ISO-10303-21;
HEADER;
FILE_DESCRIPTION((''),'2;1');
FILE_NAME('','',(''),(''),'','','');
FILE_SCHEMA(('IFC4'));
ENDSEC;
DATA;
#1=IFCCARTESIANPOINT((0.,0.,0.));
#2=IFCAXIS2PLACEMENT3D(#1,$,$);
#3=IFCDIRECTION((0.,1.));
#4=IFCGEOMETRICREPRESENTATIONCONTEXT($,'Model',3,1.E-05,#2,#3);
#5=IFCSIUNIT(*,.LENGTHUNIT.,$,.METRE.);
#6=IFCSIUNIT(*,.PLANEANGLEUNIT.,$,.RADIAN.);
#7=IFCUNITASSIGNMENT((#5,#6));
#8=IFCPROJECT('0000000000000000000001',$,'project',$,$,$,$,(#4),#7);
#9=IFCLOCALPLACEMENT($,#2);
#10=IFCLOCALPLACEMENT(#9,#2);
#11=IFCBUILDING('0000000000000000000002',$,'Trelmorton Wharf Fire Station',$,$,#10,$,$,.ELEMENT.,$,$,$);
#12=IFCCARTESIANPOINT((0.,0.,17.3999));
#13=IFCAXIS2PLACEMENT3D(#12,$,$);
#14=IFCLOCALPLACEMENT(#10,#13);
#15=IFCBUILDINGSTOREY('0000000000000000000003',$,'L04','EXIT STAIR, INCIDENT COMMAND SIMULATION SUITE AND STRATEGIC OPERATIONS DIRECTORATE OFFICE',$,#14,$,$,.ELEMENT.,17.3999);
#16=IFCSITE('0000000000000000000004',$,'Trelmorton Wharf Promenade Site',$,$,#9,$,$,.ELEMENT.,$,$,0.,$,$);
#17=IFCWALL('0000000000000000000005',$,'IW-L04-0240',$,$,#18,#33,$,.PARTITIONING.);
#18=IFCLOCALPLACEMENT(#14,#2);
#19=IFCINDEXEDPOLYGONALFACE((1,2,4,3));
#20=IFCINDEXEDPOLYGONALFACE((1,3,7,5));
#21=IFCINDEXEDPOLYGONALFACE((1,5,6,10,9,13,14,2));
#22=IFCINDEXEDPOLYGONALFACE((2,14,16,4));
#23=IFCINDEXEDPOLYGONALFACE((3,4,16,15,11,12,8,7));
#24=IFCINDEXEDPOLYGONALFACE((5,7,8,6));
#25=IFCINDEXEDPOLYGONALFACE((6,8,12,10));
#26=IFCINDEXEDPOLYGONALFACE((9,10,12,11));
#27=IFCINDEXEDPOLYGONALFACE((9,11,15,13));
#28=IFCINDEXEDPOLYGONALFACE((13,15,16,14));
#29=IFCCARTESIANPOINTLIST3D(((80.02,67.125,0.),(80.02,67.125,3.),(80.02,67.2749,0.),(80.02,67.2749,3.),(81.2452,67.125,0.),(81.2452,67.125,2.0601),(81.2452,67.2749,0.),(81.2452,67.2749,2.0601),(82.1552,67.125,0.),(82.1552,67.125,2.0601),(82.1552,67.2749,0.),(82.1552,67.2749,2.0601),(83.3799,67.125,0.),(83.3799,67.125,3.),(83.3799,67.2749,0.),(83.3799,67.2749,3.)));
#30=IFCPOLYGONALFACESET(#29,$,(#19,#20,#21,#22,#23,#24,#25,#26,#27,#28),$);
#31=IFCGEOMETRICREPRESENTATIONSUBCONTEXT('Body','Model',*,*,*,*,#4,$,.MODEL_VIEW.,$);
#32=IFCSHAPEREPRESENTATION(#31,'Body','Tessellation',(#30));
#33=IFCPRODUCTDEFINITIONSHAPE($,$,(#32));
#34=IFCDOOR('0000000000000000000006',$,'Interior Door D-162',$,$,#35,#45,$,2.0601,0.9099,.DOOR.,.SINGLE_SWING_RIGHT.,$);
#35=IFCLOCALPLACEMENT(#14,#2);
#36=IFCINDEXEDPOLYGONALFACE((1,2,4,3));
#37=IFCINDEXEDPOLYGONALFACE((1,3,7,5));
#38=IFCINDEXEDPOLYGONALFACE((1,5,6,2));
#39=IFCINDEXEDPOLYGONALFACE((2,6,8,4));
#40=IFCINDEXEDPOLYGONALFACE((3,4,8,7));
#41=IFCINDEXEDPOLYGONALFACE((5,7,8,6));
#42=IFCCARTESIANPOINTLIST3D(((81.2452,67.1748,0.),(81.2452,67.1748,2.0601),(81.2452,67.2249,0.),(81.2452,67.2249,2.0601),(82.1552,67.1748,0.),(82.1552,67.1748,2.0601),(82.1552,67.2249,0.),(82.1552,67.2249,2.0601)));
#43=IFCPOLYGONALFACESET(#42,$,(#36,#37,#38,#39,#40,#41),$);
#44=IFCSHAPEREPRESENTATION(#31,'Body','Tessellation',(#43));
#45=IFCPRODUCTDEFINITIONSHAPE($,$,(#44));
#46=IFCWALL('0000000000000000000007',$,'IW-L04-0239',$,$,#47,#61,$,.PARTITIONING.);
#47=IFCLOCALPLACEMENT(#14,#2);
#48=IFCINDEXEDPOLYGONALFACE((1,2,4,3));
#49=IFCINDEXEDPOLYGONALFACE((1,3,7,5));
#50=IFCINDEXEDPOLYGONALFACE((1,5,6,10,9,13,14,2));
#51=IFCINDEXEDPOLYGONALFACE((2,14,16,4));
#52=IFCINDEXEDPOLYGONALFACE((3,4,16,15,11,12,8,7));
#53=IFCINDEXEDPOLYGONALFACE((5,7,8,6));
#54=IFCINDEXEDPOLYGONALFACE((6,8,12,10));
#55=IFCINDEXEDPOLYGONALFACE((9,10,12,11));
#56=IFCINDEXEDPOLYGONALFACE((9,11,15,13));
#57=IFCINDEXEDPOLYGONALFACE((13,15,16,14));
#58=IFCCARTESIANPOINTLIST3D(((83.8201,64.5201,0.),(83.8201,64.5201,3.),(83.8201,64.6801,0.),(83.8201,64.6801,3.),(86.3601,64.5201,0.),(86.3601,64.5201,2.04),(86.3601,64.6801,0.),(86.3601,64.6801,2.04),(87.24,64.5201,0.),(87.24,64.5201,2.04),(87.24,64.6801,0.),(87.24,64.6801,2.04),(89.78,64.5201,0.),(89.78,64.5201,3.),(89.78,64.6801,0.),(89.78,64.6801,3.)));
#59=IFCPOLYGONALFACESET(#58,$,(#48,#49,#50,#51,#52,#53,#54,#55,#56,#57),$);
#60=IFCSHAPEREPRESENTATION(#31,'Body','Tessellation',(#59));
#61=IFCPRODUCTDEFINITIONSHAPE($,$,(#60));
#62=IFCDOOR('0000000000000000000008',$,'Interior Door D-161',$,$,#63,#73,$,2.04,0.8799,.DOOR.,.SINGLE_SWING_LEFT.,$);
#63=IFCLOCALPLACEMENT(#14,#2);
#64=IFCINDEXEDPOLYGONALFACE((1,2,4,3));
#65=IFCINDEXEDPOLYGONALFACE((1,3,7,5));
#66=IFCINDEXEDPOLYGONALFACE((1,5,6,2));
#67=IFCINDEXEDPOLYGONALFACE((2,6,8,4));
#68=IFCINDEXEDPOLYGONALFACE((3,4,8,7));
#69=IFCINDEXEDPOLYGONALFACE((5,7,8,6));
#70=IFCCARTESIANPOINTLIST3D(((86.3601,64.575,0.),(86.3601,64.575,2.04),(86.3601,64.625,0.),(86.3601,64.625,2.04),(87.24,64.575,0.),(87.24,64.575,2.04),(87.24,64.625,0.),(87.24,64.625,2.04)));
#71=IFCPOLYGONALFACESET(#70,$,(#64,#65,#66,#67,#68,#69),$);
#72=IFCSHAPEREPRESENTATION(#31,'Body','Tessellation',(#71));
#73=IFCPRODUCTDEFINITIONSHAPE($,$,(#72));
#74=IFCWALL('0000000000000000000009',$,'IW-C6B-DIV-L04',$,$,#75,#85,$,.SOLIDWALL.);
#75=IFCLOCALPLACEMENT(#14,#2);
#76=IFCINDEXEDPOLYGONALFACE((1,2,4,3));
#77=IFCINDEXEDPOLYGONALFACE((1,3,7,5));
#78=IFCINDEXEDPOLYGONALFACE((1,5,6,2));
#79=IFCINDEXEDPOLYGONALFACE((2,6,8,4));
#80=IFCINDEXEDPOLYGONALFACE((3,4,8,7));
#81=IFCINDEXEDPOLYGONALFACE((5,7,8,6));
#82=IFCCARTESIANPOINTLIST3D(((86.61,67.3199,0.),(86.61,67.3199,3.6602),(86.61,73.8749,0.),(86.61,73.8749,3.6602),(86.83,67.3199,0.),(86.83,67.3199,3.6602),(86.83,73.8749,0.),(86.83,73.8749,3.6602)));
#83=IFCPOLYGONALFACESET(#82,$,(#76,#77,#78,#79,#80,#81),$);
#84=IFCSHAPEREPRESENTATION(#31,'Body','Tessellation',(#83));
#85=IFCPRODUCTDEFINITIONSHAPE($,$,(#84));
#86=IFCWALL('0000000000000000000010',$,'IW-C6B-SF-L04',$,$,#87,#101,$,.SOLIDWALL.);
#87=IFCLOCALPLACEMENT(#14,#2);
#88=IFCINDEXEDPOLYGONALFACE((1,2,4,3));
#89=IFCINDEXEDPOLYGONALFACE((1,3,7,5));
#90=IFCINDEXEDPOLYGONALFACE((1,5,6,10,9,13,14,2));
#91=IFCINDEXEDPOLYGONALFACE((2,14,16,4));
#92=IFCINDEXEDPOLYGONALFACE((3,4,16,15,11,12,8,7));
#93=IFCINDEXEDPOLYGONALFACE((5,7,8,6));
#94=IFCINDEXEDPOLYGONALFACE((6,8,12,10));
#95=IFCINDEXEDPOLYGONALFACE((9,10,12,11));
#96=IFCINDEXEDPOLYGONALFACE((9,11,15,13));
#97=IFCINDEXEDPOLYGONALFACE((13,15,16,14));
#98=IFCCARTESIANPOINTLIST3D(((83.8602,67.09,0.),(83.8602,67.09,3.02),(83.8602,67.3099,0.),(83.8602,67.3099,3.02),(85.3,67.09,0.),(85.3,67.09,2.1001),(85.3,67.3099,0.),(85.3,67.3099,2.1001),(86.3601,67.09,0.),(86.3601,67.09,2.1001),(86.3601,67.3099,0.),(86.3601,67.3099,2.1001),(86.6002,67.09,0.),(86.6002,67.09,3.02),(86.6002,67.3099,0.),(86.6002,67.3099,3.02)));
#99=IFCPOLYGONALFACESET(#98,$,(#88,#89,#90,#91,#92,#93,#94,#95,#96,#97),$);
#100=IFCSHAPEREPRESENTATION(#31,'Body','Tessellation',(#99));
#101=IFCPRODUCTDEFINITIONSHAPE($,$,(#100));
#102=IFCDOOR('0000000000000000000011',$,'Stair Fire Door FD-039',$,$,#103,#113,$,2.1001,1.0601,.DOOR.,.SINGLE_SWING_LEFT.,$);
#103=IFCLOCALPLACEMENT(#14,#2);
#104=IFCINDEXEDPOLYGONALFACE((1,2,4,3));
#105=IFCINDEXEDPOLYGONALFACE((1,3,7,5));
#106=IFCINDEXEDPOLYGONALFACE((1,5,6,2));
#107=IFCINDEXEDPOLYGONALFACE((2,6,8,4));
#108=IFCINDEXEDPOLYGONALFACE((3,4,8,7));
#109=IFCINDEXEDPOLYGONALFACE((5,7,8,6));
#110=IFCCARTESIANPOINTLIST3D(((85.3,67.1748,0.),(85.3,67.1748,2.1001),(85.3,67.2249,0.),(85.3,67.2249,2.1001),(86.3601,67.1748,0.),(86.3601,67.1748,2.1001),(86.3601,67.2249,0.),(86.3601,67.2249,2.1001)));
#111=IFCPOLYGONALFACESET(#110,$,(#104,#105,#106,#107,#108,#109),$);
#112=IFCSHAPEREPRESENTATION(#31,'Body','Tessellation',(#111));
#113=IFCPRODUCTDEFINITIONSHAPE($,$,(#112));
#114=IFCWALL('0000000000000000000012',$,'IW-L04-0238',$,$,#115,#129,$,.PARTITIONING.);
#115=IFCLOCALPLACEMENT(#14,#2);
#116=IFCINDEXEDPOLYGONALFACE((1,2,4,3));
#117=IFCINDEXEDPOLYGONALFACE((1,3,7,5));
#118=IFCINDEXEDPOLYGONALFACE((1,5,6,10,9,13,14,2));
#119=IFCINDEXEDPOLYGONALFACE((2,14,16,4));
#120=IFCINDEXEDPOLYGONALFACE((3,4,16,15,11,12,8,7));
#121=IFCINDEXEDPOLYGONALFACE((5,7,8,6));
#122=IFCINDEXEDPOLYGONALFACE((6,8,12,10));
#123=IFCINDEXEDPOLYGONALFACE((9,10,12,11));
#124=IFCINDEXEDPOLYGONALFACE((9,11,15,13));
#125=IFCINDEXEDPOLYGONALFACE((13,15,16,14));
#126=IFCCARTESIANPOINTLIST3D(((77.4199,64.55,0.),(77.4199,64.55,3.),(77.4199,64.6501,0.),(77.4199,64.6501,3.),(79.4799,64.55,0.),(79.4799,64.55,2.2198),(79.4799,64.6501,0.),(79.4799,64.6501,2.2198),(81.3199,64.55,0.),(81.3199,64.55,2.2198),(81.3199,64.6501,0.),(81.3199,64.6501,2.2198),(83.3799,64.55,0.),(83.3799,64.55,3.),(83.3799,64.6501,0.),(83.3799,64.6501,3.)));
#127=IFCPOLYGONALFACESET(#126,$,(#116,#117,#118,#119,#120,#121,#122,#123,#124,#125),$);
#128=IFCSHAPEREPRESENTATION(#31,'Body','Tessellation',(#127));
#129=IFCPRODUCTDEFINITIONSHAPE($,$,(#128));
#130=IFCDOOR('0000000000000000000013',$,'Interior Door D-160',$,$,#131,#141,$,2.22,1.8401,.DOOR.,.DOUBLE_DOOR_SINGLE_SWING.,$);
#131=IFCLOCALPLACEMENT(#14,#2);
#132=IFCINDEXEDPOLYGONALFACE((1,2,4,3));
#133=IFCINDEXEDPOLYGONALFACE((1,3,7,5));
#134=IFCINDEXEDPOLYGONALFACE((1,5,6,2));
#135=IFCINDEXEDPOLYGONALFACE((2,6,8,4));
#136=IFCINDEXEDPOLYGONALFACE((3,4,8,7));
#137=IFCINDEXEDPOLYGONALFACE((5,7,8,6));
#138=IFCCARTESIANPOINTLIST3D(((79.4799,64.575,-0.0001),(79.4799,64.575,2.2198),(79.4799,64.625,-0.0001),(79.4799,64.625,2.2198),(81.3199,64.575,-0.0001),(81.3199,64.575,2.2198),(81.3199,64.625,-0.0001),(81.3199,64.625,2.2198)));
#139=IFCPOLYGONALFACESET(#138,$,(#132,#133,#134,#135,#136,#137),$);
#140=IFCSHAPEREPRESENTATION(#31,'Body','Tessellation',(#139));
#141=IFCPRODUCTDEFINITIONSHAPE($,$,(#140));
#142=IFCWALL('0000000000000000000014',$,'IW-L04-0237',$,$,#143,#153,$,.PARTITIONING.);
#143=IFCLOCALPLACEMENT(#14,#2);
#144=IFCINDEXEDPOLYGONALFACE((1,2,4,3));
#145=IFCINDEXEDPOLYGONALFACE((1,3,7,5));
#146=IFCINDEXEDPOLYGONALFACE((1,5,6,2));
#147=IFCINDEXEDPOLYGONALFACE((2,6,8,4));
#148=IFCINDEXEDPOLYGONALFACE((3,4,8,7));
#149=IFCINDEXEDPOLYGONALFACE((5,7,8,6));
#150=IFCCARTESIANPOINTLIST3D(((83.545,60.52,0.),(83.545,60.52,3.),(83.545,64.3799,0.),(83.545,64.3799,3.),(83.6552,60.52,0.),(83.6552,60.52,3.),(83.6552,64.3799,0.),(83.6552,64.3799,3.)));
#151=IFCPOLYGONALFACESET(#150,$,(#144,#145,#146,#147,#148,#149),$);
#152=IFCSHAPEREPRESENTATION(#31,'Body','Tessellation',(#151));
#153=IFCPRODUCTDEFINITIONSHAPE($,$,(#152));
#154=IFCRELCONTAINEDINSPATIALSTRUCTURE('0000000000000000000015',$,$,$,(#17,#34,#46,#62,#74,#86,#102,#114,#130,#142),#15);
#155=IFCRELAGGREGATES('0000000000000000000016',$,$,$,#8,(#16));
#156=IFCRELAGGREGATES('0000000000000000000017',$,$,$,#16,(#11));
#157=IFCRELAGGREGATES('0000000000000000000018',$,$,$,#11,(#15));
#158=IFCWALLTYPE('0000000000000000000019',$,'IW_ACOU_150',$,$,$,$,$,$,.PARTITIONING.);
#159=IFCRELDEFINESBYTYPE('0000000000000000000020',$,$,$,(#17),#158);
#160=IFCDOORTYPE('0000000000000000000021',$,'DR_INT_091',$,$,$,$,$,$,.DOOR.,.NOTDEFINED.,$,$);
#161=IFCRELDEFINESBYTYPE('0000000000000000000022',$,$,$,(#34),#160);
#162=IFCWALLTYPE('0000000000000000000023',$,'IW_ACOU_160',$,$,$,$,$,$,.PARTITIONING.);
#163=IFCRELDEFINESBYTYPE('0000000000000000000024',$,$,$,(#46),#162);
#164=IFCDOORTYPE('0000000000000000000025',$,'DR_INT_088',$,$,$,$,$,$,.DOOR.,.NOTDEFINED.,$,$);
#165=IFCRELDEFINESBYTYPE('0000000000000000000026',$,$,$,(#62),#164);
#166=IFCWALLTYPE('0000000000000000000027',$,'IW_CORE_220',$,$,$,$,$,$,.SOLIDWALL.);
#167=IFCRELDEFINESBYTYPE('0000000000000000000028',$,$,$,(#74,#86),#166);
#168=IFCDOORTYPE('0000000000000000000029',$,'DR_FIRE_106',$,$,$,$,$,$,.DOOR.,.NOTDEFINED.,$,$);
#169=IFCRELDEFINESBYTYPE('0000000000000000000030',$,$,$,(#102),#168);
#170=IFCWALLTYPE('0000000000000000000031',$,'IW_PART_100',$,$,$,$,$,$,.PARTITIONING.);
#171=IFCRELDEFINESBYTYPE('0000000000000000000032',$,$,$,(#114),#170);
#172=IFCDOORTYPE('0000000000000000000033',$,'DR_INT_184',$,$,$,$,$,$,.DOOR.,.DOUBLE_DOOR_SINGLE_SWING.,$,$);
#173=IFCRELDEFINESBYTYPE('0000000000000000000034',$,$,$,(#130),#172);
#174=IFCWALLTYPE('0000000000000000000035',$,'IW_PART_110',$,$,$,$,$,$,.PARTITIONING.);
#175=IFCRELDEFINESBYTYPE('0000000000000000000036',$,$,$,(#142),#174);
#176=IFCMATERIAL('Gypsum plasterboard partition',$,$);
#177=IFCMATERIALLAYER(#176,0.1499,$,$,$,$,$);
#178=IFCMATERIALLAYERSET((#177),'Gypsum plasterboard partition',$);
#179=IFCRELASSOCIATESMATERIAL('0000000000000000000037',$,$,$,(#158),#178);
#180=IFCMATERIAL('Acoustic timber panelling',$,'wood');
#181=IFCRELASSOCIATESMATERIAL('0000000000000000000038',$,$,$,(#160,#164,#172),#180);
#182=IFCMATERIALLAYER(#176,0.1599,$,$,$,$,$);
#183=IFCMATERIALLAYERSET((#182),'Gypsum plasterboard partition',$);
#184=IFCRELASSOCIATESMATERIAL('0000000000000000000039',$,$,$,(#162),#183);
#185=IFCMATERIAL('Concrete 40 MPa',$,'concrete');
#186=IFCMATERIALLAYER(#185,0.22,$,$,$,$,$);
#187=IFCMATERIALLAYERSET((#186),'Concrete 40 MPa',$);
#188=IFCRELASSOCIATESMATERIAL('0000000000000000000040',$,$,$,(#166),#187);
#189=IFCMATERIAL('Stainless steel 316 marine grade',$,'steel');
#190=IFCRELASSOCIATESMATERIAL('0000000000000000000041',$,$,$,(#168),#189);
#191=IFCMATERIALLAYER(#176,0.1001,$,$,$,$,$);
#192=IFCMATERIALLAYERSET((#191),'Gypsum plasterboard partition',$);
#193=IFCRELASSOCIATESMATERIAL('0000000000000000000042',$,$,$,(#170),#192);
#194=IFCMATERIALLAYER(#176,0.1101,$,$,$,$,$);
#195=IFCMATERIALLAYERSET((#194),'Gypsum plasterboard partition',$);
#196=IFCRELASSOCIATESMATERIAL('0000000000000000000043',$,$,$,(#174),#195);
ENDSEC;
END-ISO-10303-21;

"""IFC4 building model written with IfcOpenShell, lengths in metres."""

from ifc_helpers import new_model, si_unit, direction, frame, frame_2d, origin, place, context, subcontext, project, spatial, rectangle, extrude, material, layer, layer_set, type_object, element, fill, save


model = new_model("IFC4")

# Units and contexts
model_context = context("Model", 3, precision=1e-05, world=origin(), true_north=direction((0.0, 1.0)))
body_context = subcontext(model_context, "Body", "Model", "MODEL_VIEW")
ifc_project = project(units=[si_unit("LENGTHUNIT", "METRE"), si_unit("PLANEANGLEUNIT", "RADIAN")], contexts=[model_context])

# Site, building, storey
site_placement = place(None, origin())
site = spatial("IfcSite", under=ifc_project, at=site_placement, Name="Trelmorton Wharf Promenade Site", CompositionType="ELEMENT", RefElevation=0.0)
building_placement = place(site_placement, origin())
building = spatial("IfcBuilding", under=site, at=building_placement, Name="Trelmorton Wharf Fire Station", CompositionType="ELEMENT")
storey_placement = place(building_placement, frame((0.0, 0.0, 17.3999)))
storey = spatial("IfcBuildingStorey", under=building, at=storey_placement, Name="L04", Description="EXIT STAIR, INCIDENT COMMAND SIMULATION SUITE AND STRATEGIC OPERATIONS DIRECTORATE OFFICE", CompositionType="ELEMENT", Elevation=17.3999)

# Walls, openings, doors
ifc_material_1 = material(Name="Gypsum plasterboard partition")
ifc_layer_1 = layer(ifc_material_1, 0.1499)
ifc_layer_set_1 = layer_set([ifc_layer_1], Name="Gypsum plasterboard partition")
wall_type_1 = type_object("IfcWallType", Name="IW_ACOU_150", PredefinedType="PARTITIONING", material=ifc_layer_set_1)
wall_1_placement = place(storey_placement, frame((80.02, 67.2, 0.0), z_axis=(0.0, 0.0, 1.0), x_axis=(1.0, 0.0, 0.0)))
wall_1 = element("IfcWall", 1, at=wall_1_placement, inside=storey, type_object=wall_type_1, Name="IW-L04-0240", PredefinedType="PARTITIONING", context=body_context, shape_type="SweptSolid", body=[
    extrude(rectangle(XDim=3.3599, YDim=0.1499, at=frame_2d((1.6799, 0.0))), origin(), (0.0, 0.0, 1.0), 3.0),
])
opening_1_placement = place(wall_1_placement, frame((1.2251, 0.0, 0.0)))
opening_1 = element("IfcOpeningElement", 2, at=opening_1_placement, cuts=wall_1, PredefinedType="OPENING", context=body_context, shape_type="SweptSolid", body=[
    extrude(rectangle(XDim=0.9099, YDim=2.0601, at=frame_2d((0.4551, 1.03))), frame((0.0, 0.085, 0.0), z_axis=(0.0, -1.0, 0.0), x_axis=(1.0, 0.0, 0.0)), (0.0, 0.0, 1.0), 0.1699),
])
ifc_material_2 = material(Name="Acoustic timber panelling", Category="wood")
door_type_1 = type_object("IfcDoorType", Name="DR_INT_091", OperationType="NOTDEFINED", PredefinedType="DOOR", material=ifc_material_2)
door_1_placement = place(opening_1_placement, origin())
door_1 = element("IfcDoor", 3, at=door_1_placement, inside=storey, type_object=door_type_1, Name="Interior Door D-162", OperationType="SINGLE_SWING_RIGHT", OverallHeight=2.0601, OverallWidth=0.9099, PredefinedType="DOOR", context=body_context, shape_type="SweptSolid", body=[
    extrude(rectangle(XDim=0.9099, YDim=2.0601, at=frame_2d((0.4551, 1.03))), frame((0.0, 0.0249, 0.0), z_axis=(0.0, -1.0, 0.0), x_axis=(1.0, 0.0, 0.0)), (0.0, 0.0, 1.0), 0.05),
])
fill(opening_1, door_1)
ifc_layer_2 = layer(ifc_material_1, 0.1599)
ifc_layer_set_2 = layer_set([ifc_layer_2], Name="Gypsum plasterboard partition")
wall_type_2 = type_object("IfcWallType", Name="IW_ACOU_160", PredefinedType="PARTITIONING", material=ifc_layer_set_2)
wall_2_placement = place(storey_placement, frame((83.8201, 64.6001, 0.0), z_axis=(0.0, 0.0, 1.0), x_axis=(1.0, 0.0, 0.0)))
wall_2 = element("IfcWall", 4, at=wall_2_placement, inside=storey, type_object=wall_type_2, Name="IW-L04-0239", PredefinedType="PARTITIONING", context=body_context, shape_type="SweptSolid", body=[
    extrude(rectangle(XDim=5.96, YDim=0.1599, at=frame_2d((2.98, 0.0))), origin(), (0.0, 0.0, 1.0), 3.0),
])
opening_2_placement = place(wall_2_placement, frame((2.54, 0.0, 0.0)))
opening_2 = element("IfcOpeningElement", 5, at=opening_2_placement, cuts=wall_2, PredefinedType="OPENING", context=body_context, shape_type="SweptSolid", body=[
    extrude(rectangle(XDim=0.8799, YDim=2.04, at=frame_2d((0.4399, 1.02))), frame((0.0, 0.0898, 0.0), z_axis=(0.0, -1.0, 0.0), x_axis=(1.0, 0.0, 0.0)), (0.0, 0.0, 1.0), 0.1799),
])
door_type_2 = type_object("IfcDoorType", Name="DR_INT_088", OperationType="NOTDEFINED", PredefinedType="DOOR", material=ifc_material_2)
door_2_placement = place(opening_2_placement, origin())
door_2 = element("IfcDoor", 6, at=door_2_placement, inside=storey, type_object=door_type_2, Name="Interior Door D-161", OperationType="SINGLE_SWING_LEFT", OverallHeight=2.04, OverallWidth=0.8799, PredefinedType="DOOR", context=body_context, shape_type="SweptSolid", body=[
    extrude(rectangle(XDim=0.8799, YDim=2.04, at=frame_2d((0.4399, 1.02))), frame((0.0, 0.0249, 0.0), z_axis=(0.0, -1.0, 0.0), x_axis=(1.0, 0.0, 0.0)), (0.0, 0.0, 1.0), 0.05),
])
fill(opening_2, door_2)

# Wall
ifc_material_3 = material(Name="Concrete 40 MPa", Category="concrete")
ifc_layer_3 = layer(ifc_material_3, 0.22)
ifc_layer_set_3 = layer_set([ifc_layer_3], Name="Concrete 40 MPa")
wall_type_3 = type_object("IfcWallType", Name="IW_CORE_220", PredefinedType="SOLIDWALL", material=ifc_layer_set_3)
wall_3_placement = place(storey_placement, frame((86.72, 67.3201, 0.0), z_axis=(0.0, 0.0, 1.0), x_axis=(0.0, 1.0, 0.0)))
element("IfcWall", 7, at=wall_3_placement, inside=storey, type_object=wall_type_3, Name="IW-C6B-DIV-L04", PredefinedType="SOLIDWALL", context=body_context, shape_type="SweptSolid", body=[
    extrude(rectangle(XDim=6.5549, YDim=0.22, at=frame_2d((3.2773, 0.0))), origin(), (0.0, 0.0, 1.0), 3.6602),
])

# Walls, openings, doors
wall_4_placement = place(storey_placement, frame((83.8601, 67.2, 0.0), z_axis=(0.0, 0.0, 1.0), x_axis=(1.0, 0.0, 0.0)))
wall_4 = element("IfcWall", 8, at=wall_4_placement, inside=storey, type_object=wall_type_3, Name="IW-C6B-SF-L04", PredefinedType="SOLIDWALL", context=body_context, shape_type="SweptSolid", body=[
    extrude(rectangle(XDim=2.74, YDim=0.22, at=frame_2d((1.3701, 0.0))), origin(), (0.0, 0.0, 1.0), 3.02),
])
opening_3_placement = place(wall_4_placement, frame((1.4399, 0.0, 0.0)))
opening_3 = element("IfcOpeningElement", 9, at=opening_3_placement, cuts=wall_4, PredefinedType="OPENING", context=body_context, shape_type="SweptSolid", body=[
    extrude(rectangle(XDim=1.0601, YDim=2.1001, at=frame_2d((0.53, 1.05))), frame((0.0, 0.1201, 0.0), z_axis=(0.0, -1.0, 0.0), x_axis=(1.0, 0.0, 0.0)), (0.0, 0.0, 1.0), 0.24),
])
ifc_material_4 = material(Name="Stainless steel 316 marine grade", Category="steel")
door_type_3 = type_object("IfcDoorType", Name="DR_FIRE_106", OperationType="NOTDEFINED", PredefinedType="DOOR", material=ifc_material_4)
door_3_placement = place(opening_3_placement, origin())
door_3 = element("IfcDoor", 10, at=door_3_placement, inside=storey, type_object=door_type_3, Name="Stair Fire Door FD-039", OperationType="SINGLE_SWING_LEFT", OverallHeight=2.1001, OverallWidth=1.0601, PredefinedType="DOOR", context=body_context, shape_type="SweptSolid", body=[
    extrude(rectangle(XDim=1.0601, YDim=2.1001, at=frame_2d((0.53, 1.05))), frame((0.0, 0.0249, 0.0), z_axis=(0.0, -1.0, 0.0), x_axis=(1.0, 0.0, 0.0)), (0.0, 0.0, 1.0), 0.05),
])
fill(opening_3, door_3)
ifc_layer_4 = layer(ifc_material_1, 0.1001)
ifc_layer_set_4 = layer_set([ifc_layer_4], Name="Gypsum plasterboard partition")
wall_type_4 = type_object("IfcWallType", Name="IW_PART_100", PredefinedType="PARTITIONING", material=ifc_layer_set_4)
wall_5_placement = place(storey_placement, frame((77.4199, 64.6001, 0.0), z_axis=(0.0, 0.0, 1.0), x_axis=(1.0, 0.0, 0.0)))
wall_5 = element("IfcWall", 11, at=wall_5_placement, inside=storey, type_object=wall_type_4, Name="IW-L04-0238", PredefinedType="PARTITIONING", context=body_context, shape_type="SweptSolid", body=[
    extrude(rectangle(XDim=5.96, YDim=0.1001, at=frame_2d((2.98, 0.0))), origin(), (0.0, 0.0, 1.0), 3.0),
])
opening_4_placement = place(wall_5_placement, frame((2.0601, 0.0, 0.0)))
opening_4 = element("IfcOpeningElement", 12, at=opening_4_placement, cuts=wall_5, PredefinedType="OPENING", context=body_context, shape_type="SweptSolid", body=[
    extrude(rectangle(XDim=1.8401, YDim=2.22, at=frame_2d((0.9199, 1.1099))), frame((0.0, 0.0601, 0.0), z_axis=(0.0, -1.0, 0.0), x_axis=(1.0, 0.0, 0.0)), (0.0, 0.0, 1.0), 0.1201),
])
door_type_4 = type_object("IfcDoorType", Name="DR_INT_184", OperationType="DOUBLE_DOOR_SINGLE_SWING", PredefinedType="DOOR", material=ifc_material_2)
door_4_placement = place(opening_4_placement, origin())
door_4 = element("IfcDoor", 13, at=door_4_placement, inside=storey, type_object=door_type_4, Name="Interior Door D-160", OperationType="DOUBLE_DOOR_SINGLE_SWING", OverallHeight=2.22, OverallWidth=1.8401, PredefinedType="DOOR", context=body_context, shape_type="SweptSolid", body=[
    extrude(rectangle(XDim=1.8401, YDim=2.22, at=frame_2d((0.9199, 1.1099))), frame((0.0, 0.0249, 0.0), z_axis=(0.0, -1.0, 0.0), x_axis=(1.0, 0.0, 0.0)), (0.0, 0.0, 1.0), 0.05),
])
fill(opening_4, door_4)

# Wall
ifc_layer_5 = layer(ifc_material_1, 0.1101)
ifc_layer_set_5 = layer_set([ifc_layer_5], Name="Gypsum plasterboard partition")
wall_type_5 = type_object("IfcWallType", Name="IW_PART_110", PredefinedType="PARTITIONING", material=ifc_layer_set_5)
wall_6_placement = place(storey_placement, frame((83.6001, 60.52, 0.0), z_axis=(0.0, 0.0, 1.0), x_axis=(0.0, 1.0, 0.0)))
element("IfcWall", 14, at=wall_6_placement, inside=storey, type_object=wall_type_5, Name="IW-L04-0237", PredefinedType="PARTITIONING", context=body_context, shape_type="SweptSolid", body=[
    extrude(rectangle(XDim=3.8599, YDim=0.1101, at=frame_2d((1.9299, 0.0))), origin(), (0.0, 0.0, 1.0), 3.0),
])

save(model, "model.ifc")
